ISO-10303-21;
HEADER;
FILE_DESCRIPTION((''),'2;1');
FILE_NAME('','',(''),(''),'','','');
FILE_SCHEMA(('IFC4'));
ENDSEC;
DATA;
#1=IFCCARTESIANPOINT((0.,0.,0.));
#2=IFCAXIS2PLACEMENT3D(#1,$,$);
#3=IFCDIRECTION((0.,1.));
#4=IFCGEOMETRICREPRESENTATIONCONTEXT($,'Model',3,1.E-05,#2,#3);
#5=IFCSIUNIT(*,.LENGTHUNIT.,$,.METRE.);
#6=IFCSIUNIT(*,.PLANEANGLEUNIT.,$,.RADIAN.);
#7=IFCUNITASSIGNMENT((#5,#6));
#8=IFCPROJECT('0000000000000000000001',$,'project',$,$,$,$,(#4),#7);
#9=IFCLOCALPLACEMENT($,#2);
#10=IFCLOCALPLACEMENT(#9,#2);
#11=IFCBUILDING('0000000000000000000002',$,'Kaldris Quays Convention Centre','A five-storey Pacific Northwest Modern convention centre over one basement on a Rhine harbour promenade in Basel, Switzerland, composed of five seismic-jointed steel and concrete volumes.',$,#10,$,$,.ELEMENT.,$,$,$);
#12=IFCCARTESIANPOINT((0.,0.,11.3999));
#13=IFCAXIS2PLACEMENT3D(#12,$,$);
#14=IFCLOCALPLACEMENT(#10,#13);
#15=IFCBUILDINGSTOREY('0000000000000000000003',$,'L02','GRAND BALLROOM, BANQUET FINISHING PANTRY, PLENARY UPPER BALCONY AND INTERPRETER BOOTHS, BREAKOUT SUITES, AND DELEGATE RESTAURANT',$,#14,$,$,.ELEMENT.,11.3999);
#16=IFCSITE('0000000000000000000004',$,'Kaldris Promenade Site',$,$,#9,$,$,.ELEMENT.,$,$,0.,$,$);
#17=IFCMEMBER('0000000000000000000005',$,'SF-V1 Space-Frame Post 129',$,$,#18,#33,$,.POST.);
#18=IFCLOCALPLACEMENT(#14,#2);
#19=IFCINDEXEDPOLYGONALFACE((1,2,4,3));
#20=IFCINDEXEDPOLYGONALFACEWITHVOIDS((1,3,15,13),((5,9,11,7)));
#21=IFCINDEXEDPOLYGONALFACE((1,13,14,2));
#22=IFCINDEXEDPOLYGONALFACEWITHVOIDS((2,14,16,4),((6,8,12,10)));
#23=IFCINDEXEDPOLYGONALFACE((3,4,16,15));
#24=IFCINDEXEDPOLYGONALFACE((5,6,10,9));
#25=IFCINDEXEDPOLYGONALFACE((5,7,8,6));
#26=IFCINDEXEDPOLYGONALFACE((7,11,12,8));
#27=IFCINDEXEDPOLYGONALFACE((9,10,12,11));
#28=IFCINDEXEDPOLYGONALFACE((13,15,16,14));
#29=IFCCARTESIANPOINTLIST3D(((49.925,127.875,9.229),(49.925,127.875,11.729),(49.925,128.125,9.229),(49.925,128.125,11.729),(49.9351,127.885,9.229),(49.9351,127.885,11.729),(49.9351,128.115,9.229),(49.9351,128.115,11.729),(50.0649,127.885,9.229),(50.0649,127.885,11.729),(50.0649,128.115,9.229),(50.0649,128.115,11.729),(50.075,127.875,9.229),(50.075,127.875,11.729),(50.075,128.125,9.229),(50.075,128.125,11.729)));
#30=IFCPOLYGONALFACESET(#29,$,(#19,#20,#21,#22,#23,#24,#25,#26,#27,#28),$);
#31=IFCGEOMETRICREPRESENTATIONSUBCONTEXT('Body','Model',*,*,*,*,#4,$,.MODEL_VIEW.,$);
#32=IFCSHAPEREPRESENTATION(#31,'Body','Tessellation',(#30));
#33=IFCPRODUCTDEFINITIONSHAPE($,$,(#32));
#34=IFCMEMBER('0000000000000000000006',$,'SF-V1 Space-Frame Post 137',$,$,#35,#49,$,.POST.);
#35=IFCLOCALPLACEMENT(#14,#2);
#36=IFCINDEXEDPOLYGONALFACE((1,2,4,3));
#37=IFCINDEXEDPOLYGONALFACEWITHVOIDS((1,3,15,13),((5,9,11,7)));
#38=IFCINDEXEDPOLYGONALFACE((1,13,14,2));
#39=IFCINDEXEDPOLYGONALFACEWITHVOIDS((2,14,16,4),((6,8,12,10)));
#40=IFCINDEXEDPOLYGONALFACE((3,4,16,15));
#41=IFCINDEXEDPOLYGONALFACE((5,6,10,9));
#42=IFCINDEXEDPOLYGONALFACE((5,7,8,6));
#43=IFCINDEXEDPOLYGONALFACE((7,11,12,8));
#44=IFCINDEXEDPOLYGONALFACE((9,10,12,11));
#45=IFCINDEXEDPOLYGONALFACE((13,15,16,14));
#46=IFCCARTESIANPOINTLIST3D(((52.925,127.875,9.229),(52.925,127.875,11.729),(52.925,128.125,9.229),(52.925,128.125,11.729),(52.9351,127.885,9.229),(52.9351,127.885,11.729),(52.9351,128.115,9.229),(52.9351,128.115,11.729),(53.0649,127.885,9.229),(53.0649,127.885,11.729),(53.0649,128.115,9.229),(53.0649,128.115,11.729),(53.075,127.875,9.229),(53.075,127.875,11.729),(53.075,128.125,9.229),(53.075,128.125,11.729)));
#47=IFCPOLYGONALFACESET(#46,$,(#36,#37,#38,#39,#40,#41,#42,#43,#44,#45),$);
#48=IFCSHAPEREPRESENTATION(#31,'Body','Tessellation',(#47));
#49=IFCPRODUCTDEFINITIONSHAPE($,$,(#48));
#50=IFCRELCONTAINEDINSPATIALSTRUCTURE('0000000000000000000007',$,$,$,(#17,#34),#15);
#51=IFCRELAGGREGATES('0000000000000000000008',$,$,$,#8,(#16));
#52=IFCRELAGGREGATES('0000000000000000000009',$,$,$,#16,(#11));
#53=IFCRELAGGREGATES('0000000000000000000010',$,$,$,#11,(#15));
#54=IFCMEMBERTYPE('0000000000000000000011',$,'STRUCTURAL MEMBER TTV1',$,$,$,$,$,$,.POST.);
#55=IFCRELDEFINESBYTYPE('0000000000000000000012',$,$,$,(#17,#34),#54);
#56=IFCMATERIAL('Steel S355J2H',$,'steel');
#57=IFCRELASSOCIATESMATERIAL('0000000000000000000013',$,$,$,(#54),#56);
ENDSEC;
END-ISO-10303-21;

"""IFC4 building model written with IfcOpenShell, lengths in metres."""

from ifc_helpers import new_model, si_unit, direction, frame, origin, origin_2d, place, context, subcontext, project, spatial, hollow_rectangle, extrude, material, material_profile, profile_set, type_object, element, save


model = new_model("IFC4")

# Units and contexts
model_context = context("Model", 3, precision=1e-05, world=origin(), true_north=direction((0.0, 1.0)))
body_context = subcontext(model_context, "Body", "Model", "MODEL_VIEW")
ifc_project = project(units=[si_unit("LENGTHUNIT", "METRE"), si_unit("PLANEANGLEUNIT", "RADIAN")], contexts=[model_context])

# Site, building, storey
site_placement = place(None, origin())
site = spatial("IfcSite", under=ifc_project, at=site_placement, Name="Kaldris Promenade Site", CompositionType="ELEMENT", RefElevation=0.0)
building_placement = place(site_placement, origin())
building = spatial("IfcBuilding", under=site, at=building_placement, Name="Kaldris Quays Convention Centre", Description="A five-storey Pacific Northwest Modern convention centre over one basement on a Rhine harbour promenade in Basel, Switzerland, composed of five seismic-jointed steel and concrete volumes.", CompositionType="ELEMENT")
storey_placement = place(building_placement, frame((0.0, 0.0, 11.3999)))
storey = spatial("IfcBuildingStorey", under=building, at=storey_placement, Name="L02", Description="GRAND BALLROOM, BANQUET FINISHING PANTRY, PLENARY UPPER BALCONY AND INTERPRETER BOOTHS, BREAKOUT SUITES, AND DELEGATE RESTAURANT", CompositionType="ELEMENT", Elevation=11.3999)

# Members
ifc_material = material(Name="Steel S355J2H", Category="steel")
ifc_material_profile_1 = material_profile(ifc_material, hollow_rectangle(XDim=0.1499, YDim=0.25, WallThickness=0.01, at=origin_2d()), Name="RHS 250x150x10")
ifc_profile_set_1 = profile_set([ifc_material_profile_1], Name="Steel S355J2H")
member_type_1 = type_object("IfcMemberType", Name="STRUCTURAL MEMBER TTV1", PredefinedType="POST", material=ifc_profile_set_1)
for number, where, z_axis, x_axis, name in (
    (1, (50.0, 128.0, 9.229), (0.0, 0.0, 1.0), (1.0, 0.0, 0.0), "SF-V1 Space-Frame Post 129"),
    (2, (53.0, 128.0, 9.229), (0.0, 0.0, 1.0), (1.0, 0.0, 0.0), "SF-V1 Space-Frame Post 137"),
):
    element("IfcMember", number, at=place(storey_placement, frame(where, z_axis=z_axis, x_axis=x_axis)), inside=storey, type_object=member_type_1, Name=name, PredefinedType="POST", context=body_context, shape_type="SweptSolid", body=[
        extrude(hollow_rectangle(XDim=0.1499, YDim=0.25, WallThickness=0.01, at=origin_2d()), origin(), (0.0, 0.0, 1.0), 2.5),
    ])

save(model, "model.ifc")
